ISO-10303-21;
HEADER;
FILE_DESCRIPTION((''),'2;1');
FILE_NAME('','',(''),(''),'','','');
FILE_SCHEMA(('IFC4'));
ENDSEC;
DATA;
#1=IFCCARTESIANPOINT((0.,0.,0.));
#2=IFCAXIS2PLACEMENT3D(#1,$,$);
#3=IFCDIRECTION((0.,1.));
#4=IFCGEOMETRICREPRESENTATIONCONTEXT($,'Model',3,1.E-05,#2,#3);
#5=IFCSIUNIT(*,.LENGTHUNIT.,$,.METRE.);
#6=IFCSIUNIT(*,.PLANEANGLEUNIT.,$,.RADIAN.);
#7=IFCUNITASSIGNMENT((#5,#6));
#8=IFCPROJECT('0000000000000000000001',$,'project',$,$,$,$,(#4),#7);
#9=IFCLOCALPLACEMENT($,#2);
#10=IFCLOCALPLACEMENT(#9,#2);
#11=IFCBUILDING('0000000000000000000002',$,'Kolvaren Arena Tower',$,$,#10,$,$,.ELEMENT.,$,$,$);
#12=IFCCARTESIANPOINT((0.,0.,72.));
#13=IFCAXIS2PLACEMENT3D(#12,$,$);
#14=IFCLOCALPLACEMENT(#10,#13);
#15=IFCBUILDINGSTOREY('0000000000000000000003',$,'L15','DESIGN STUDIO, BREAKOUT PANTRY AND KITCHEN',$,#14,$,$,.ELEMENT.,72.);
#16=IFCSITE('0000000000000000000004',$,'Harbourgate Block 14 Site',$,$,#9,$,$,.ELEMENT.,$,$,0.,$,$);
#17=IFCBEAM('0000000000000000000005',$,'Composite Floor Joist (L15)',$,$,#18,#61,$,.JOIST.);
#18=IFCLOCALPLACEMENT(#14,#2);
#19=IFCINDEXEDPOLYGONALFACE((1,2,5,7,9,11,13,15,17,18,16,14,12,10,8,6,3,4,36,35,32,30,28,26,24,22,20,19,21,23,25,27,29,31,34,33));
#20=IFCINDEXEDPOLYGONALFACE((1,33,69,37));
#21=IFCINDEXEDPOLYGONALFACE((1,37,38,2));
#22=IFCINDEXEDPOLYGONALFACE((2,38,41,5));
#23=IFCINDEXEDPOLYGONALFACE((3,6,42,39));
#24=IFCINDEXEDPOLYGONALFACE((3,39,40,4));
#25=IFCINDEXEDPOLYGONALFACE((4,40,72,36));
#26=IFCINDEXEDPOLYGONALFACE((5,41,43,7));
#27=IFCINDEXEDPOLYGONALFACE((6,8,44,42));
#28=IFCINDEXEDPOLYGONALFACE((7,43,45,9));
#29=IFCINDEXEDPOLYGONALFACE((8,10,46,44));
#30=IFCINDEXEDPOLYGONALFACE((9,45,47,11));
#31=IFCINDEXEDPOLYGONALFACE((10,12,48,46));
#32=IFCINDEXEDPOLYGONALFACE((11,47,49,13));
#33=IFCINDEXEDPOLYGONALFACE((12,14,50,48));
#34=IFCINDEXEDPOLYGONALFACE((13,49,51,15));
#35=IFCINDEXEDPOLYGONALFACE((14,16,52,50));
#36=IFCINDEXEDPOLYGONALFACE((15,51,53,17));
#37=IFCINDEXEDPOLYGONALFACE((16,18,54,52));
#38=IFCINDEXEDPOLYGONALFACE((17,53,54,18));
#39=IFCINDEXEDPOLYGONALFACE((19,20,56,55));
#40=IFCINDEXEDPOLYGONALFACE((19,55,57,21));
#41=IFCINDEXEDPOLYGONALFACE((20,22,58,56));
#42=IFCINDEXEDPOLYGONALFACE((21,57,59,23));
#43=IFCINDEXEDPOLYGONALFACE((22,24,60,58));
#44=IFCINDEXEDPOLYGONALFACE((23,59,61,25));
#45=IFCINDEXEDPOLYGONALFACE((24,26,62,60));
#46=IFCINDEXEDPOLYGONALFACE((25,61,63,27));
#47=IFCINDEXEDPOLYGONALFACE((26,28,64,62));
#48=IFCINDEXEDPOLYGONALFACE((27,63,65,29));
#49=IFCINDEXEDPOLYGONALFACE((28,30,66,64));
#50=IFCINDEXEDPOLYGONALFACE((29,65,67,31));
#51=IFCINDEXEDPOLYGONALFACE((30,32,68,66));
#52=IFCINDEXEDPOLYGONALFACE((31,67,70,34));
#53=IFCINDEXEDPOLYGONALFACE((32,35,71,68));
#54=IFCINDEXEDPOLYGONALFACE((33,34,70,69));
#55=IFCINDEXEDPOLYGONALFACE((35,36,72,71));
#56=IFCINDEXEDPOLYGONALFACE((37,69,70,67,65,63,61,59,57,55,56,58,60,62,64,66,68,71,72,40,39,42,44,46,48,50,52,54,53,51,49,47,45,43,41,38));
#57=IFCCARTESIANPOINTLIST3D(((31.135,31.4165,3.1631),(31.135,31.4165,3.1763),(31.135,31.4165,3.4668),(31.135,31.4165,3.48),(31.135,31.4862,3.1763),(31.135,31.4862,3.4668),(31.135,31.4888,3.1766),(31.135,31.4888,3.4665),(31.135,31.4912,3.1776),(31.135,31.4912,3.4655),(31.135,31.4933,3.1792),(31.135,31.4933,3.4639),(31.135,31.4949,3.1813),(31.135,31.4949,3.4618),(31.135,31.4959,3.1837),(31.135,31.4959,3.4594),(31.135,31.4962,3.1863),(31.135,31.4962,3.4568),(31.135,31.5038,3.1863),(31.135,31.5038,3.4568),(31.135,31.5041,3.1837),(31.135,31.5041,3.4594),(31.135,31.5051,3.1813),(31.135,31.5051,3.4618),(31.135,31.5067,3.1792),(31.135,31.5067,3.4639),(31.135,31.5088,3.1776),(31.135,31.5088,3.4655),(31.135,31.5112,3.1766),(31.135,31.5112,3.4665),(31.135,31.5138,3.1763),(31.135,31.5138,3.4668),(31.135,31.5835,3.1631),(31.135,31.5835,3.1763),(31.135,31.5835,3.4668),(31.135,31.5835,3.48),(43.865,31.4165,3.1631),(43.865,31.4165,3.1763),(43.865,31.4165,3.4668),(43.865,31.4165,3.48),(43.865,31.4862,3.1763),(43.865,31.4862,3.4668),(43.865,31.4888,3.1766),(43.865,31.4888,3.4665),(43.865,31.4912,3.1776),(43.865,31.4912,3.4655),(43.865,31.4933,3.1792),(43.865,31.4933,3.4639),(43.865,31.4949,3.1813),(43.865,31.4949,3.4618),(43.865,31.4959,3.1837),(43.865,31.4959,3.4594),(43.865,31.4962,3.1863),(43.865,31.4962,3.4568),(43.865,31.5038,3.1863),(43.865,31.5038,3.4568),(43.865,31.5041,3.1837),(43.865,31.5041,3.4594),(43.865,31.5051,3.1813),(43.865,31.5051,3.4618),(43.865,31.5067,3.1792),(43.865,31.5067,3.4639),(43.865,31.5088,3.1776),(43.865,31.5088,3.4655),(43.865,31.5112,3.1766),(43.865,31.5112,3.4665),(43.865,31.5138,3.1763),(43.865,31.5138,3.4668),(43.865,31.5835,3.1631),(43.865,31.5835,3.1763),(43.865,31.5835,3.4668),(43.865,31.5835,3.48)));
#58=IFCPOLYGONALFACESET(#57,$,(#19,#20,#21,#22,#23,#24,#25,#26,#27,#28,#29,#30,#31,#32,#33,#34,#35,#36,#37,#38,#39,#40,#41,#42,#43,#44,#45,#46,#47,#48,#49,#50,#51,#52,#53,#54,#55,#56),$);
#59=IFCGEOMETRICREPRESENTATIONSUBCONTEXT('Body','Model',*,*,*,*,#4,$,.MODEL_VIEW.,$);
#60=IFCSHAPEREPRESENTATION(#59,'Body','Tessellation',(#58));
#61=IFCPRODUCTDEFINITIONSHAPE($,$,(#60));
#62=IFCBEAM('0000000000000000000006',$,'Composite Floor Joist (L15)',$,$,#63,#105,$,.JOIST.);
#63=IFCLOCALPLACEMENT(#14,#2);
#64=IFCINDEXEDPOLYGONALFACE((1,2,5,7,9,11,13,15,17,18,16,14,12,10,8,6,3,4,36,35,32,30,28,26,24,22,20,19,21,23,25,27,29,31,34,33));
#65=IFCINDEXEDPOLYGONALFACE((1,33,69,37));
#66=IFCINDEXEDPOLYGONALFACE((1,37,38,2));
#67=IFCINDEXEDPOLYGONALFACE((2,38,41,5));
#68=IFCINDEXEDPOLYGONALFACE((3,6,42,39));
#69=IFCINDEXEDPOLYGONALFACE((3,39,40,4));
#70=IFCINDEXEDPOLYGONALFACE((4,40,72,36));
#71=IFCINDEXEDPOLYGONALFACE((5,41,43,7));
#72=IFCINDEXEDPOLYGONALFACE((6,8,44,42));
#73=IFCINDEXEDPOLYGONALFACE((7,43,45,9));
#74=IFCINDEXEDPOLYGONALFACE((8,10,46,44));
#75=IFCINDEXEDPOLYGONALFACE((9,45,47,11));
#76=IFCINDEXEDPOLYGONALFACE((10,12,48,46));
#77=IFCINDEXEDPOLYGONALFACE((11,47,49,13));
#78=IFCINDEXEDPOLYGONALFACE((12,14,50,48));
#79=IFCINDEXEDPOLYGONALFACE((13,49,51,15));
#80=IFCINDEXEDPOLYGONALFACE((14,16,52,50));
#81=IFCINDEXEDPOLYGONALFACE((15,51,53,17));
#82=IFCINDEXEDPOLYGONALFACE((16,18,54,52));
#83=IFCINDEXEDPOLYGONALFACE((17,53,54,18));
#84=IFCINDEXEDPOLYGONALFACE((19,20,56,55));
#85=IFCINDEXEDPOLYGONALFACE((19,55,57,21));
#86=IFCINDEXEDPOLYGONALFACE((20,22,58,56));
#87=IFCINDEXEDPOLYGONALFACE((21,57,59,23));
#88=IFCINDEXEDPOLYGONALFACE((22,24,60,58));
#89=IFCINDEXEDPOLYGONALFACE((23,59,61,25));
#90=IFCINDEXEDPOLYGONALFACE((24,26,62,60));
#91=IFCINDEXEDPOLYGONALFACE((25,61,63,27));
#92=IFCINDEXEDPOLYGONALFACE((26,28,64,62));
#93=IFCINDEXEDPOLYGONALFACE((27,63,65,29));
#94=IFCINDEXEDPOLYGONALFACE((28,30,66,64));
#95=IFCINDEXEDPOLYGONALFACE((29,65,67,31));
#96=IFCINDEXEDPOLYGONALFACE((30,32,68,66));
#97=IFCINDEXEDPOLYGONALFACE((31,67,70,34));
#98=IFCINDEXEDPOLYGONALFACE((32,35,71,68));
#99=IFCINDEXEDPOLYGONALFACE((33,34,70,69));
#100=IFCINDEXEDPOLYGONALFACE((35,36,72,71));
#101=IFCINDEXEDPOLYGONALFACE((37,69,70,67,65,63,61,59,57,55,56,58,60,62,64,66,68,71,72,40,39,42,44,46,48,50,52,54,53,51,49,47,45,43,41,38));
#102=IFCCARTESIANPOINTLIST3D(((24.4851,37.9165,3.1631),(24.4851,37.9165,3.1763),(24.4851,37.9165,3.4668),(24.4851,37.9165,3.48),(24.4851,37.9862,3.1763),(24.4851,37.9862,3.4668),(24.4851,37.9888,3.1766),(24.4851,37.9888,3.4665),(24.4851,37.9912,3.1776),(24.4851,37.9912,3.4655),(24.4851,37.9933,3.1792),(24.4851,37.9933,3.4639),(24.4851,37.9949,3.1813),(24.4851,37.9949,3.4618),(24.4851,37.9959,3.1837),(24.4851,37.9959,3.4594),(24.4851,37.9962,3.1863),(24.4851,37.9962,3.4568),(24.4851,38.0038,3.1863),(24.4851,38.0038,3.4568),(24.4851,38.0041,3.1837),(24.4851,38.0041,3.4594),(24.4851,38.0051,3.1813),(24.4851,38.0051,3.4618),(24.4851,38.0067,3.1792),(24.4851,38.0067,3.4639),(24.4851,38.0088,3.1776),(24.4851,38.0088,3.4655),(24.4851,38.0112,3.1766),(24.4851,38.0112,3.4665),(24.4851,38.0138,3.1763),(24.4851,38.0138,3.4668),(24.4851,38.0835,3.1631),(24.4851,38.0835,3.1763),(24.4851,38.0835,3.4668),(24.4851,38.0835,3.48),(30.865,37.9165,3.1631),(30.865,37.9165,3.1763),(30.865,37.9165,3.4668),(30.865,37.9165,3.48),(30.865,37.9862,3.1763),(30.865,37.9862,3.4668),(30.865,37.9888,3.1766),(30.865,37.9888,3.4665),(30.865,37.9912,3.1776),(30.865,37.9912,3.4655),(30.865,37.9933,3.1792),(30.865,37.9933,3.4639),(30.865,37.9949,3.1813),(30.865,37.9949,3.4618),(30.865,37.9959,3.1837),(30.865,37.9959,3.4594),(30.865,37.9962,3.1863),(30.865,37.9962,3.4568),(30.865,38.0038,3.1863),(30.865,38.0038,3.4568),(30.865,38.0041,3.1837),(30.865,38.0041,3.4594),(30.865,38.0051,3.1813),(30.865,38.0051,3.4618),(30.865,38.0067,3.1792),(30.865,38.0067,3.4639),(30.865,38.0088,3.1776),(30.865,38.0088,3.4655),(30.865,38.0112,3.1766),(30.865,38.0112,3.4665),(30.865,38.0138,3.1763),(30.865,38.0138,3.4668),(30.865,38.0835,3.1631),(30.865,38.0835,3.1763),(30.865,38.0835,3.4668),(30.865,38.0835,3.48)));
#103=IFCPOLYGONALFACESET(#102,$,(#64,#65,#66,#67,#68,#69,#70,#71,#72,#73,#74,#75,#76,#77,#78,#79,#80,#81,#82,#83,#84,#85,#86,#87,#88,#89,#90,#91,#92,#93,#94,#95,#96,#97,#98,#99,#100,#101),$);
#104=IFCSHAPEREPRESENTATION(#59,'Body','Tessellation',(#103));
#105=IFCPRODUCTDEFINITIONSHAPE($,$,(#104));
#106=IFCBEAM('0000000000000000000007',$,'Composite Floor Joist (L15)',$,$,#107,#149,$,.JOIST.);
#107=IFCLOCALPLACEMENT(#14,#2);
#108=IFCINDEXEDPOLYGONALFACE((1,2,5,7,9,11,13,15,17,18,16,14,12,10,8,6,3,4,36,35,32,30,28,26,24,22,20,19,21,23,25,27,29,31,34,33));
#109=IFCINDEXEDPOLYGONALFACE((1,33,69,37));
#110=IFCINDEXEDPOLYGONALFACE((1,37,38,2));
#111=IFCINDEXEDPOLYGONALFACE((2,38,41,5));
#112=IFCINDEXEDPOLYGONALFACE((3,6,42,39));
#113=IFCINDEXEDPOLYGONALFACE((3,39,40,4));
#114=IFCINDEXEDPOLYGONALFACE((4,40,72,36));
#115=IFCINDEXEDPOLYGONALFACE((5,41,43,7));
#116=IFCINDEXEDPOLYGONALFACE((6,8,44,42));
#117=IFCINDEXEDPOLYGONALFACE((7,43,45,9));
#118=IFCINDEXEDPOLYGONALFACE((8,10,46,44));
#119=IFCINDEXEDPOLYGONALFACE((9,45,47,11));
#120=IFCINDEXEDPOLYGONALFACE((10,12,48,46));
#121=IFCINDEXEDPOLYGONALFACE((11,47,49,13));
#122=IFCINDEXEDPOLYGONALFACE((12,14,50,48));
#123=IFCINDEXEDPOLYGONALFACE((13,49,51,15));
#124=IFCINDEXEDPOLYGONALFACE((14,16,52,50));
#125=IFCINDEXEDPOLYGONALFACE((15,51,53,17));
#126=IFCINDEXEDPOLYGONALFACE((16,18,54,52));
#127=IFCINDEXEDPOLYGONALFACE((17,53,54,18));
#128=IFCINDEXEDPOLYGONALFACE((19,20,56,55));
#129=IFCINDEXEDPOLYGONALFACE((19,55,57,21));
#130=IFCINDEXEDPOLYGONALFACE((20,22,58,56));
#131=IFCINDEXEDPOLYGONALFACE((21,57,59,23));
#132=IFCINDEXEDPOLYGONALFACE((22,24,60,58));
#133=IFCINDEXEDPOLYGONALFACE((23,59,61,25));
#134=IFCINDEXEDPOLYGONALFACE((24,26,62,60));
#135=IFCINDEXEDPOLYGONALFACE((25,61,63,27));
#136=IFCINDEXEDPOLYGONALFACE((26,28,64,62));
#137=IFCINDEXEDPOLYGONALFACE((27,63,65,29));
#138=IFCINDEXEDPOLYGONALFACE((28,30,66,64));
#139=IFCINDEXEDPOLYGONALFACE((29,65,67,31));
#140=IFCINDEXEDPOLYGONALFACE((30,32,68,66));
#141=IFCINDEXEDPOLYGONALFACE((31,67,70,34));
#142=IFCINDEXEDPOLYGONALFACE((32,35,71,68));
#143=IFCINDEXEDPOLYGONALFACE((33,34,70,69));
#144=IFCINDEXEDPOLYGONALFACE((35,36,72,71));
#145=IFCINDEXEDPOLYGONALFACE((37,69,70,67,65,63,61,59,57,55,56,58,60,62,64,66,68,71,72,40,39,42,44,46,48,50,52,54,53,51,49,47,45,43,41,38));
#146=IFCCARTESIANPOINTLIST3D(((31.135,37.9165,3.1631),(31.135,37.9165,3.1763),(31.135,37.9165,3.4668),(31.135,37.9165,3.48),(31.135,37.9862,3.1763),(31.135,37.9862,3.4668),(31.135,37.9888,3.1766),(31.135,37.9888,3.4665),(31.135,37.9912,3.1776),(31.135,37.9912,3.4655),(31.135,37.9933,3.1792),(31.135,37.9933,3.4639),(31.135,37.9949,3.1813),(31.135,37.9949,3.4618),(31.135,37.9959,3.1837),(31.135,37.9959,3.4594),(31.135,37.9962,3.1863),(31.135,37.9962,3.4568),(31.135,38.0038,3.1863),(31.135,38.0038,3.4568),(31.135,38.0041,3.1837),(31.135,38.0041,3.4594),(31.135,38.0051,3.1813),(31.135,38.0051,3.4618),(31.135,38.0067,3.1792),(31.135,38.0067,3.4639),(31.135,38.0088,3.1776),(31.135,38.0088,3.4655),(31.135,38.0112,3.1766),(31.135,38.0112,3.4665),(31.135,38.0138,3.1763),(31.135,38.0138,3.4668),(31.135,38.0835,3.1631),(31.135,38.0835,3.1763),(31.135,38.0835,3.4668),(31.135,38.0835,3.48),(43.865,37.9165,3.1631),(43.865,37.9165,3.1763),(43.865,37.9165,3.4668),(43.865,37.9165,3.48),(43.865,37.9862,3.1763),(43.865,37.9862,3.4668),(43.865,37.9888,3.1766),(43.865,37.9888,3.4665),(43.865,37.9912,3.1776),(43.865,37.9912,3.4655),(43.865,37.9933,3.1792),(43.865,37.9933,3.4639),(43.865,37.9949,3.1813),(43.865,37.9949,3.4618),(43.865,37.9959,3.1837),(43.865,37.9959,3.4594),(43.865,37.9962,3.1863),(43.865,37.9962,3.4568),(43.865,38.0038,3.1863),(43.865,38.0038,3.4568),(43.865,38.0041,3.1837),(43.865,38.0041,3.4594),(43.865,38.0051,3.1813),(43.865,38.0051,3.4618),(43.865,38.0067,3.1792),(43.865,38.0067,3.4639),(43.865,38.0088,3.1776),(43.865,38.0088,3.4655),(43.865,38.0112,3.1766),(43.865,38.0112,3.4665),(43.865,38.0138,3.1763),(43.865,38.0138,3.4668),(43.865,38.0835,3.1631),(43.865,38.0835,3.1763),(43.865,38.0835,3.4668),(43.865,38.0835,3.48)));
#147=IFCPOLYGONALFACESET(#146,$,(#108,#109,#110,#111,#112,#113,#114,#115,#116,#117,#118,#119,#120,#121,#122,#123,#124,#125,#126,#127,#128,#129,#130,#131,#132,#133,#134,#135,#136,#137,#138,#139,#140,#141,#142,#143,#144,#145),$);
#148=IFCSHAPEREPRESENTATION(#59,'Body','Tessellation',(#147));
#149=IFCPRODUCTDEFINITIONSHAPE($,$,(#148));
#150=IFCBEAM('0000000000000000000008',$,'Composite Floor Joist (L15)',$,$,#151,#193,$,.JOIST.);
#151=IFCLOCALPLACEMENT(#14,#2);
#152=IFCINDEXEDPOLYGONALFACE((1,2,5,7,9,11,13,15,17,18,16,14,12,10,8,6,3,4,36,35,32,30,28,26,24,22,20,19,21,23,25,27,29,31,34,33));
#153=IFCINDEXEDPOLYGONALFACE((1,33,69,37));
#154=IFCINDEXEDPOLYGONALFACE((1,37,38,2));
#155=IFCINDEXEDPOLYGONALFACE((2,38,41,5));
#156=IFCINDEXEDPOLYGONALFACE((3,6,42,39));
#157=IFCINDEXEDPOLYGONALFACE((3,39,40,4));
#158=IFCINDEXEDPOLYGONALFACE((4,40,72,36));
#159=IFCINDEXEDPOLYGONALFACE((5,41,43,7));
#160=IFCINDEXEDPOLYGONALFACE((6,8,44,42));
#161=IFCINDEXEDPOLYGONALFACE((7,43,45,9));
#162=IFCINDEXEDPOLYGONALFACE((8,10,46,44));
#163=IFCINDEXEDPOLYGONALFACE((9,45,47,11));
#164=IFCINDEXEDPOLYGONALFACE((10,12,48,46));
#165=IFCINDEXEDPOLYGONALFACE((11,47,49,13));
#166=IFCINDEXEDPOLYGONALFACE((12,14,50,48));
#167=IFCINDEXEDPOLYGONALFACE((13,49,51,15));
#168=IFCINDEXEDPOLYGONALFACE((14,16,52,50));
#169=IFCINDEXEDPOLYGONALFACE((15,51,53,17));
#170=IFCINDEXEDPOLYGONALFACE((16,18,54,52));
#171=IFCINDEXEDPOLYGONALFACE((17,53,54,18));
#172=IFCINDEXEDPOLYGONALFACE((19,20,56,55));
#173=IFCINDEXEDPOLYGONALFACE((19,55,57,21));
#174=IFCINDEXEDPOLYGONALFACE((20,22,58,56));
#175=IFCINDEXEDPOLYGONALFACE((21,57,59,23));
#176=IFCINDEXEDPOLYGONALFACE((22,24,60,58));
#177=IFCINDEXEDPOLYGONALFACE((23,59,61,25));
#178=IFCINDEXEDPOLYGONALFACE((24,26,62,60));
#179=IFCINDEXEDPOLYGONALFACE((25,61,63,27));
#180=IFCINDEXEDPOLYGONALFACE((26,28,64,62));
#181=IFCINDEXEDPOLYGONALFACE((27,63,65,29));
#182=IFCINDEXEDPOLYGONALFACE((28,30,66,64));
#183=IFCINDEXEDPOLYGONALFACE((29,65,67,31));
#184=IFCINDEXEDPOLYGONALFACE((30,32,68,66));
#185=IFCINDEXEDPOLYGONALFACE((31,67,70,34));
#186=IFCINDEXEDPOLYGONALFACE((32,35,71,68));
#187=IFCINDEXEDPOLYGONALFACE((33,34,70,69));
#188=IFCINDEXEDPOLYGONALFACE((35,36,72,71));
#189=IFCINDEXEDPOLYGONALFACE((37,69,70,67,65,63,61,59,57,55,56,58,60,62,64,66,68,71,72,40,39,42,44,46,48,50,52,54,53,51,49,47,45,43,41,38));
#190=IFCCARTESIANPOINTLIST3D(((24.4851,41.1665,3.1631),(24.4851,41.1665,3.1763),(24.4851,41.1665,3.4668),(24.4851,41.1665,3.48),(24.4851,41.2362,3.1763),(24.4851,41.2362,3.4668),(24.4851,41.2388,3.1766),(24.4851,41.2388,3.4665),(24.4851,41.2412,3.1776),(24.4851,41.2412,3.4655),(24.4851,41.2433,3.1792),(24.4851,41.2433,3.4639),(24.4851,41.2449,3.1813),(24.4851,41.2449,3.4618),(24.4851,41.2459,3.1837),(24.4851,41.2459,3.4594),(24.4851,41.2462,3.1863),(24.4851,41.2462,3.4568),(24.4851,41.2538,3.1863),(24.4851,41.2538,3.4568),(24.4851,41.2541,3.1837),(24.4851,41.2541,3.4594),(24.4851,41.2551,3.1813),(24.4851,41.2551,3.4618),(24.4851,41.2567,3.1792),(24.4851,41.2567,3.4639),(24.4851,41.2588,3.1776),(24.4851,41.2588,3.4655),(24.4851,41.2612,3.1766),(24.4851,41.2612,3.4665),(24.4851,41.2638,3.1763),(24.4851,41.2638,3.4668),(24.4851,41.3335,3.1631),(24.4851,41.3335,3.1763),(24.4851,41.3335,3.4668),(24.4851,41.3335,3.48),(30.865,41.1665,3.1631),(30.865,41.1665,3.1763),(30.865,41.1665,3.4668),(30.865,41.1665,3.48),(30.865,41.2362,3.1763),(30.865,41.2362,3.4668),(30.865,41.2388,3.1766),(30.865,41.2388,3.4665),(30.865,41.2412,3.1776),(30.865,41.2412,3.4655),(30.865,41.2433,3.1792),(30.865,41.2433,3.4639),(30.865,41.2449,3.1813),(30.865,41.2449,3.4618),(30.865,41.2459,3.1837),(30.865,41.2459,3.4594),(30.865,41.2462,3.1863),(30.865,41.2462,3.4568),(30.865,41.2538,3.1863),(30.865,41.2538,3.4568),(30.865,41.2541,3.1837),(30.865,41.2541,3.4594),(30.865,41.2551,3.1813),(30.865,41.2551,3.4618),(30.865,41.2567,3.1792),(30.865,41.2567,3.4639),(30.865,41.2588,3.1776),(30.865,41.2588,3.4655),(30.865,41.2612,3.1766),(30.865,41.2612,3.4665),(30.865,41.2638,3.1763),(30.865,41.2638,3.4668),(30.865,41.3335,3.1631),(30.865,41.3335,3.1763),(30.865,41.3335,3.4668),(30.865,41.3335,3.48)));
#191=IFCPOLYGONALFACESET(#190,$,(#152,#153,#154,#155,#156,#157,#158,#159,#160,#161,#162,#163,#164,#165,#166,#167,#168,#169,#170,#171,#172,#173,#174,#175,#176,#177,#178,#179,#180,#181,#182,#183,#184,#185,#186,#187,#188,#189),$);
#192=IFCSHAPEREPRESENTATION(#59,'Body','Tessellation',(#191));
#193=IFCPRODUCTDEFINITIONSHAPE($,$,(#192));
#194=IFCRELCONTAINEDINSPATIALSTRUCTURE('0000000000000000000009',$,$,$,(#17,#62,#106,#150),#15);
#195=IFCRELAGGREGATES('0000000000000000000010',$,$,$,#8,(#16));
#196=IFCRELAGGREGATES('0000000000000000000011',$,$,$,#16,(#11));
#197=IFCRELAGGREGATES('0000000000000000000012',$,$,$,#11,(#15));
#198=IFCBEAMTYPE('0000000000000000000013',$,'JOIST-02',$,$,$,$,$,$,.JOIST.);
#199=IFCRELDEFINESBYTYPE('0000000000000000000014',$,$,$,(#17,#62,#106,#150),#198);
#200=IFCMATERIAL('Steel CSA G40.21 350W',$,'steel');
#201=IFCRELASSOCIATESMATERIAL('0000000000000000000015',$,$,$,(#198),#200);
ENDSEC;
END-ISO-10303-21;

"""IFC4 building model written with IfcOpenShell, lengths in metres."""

from ifc_helpers import new_model, si_unit, direction, frame, origin, origin_2d, place, context, subcontext, project, spatial, i_section, extrude, material, material_profile, profile_set, type_object, element, save


model = new_model("IFC4")

# Units and contexts
model_context = context("Model", 3, precision=1e-05, world=origin(), true_north=direction((0.0, 1.0)))
body_context = subcontext(model_context, "Body", "Model", "MODEL_VIEW")
ifc_project = project(units=[si_unit("LENGTHUNIT", "METRE"), si_unit("PLANEANGLEUNIT", "RADIAN")], contexts=[model_context])

# Site, building, storey
site_placement = place(None, origin())
site = spatial("IfcSite", under=ifc_project, at=site_placement, Name="Harbourgate Block 14 Site", CompositionType="ELEMENT", RefElevation=0.0)
building_placement = place(site_placement, origin())
building = spatial("IfcBuilding", under=site, at=building_placement, Name="Kolvaren Arena Tower", CompositionType="ELEMENT")
storey_placement = place(building_placement, frame((0.0, 0.0, 72.0)))
storey = spatial("IfcBuildingStorey", under=building, at=storey_placement, Name="L15", Description="DESIGN STUDIO, BREAKOUT PANTRY AND KITCHEN", CompositionType="ELEMENT", Elevation=72.0)

# Beams
ifc_material_1 = material(Name="Steel CSA G40.21 350W", Category="steel")
ifc_material_profile_1 = material_profile(ifc_material_1, i_section(OverallWidth=0.167, OverallDepth=0.3169, WebThickness=0.0076, FlangeThickness=0.0132, FilletRadius=0.01, at=origin_2d()), Name="W310x52")
ifc_profile_set_1 = profile_set([ifc_material_profile_1], Name="Steel CSA G40.21 350W")
beam_type_1 = type_object("IfcBeamType", Name="JOIST-02", PredefinedType="JOIST", material=ifc_profile_set_1)
beam_1_placement = place(storey_placement, frame((31.135, 31.5, 3.3215), z_axis=(1.0, 0.0, 0.0), x_axis=(0.0, 1.0, 0.0)))
element("IfcBeam", 1, at=beam_1_placement, inside=storey, type_object=beam_type_1, Name="Composite Floor Joist (L15)", PredefinedType="JOIST", context=body_context, shape_type="SweptSolid", body=[
    extrude(i_section(OverallWidth=0.167, OverallDepth=0.3169, WebThickness=0.0076, FlangeThickness=0.0132, FilletRadius=0.01, at=origin_2d()), origin(), (0.0, 0.0, 1.0), 12.73),
])
beam_2_placement = place(storey_placement, frame((24.4851, 38.0, 3.3215), z_axis=(1.0, 0.0, 0.0), x_axis=(0.0, 1.0, 0.0)))
element("IfcBeam", 2, at=beam_2_placement, inside=storey, type_object=beam_type_1, Name="Composite Floor Joist (L15)", PredefinedType="JOIST", context=body_context, shape_type="SweptSolid", body=[
    extrude(i_section(OverallWidth=0.167, OverallDepth=0.3169, WebThickness=0.0076, FlangeThickness=0.0132, FilletRadius=0.01, at=origin_2d()), origin(), (0.0, 0.0, 1.0), 6.3799),
])
beam_3_placement = place(storey_placement, frame((31.135, 38.0, 3.3215), z_axis=(1.0, 0.0, 0.0), x_axis=(0.0, 1.0, 0.0)))
element("IfcBeam", 3, at=beam_3_placement, inside=storey, type_object=beam_type_1, Name="Composite Floor Joist (L15)", PredefinedType="JOIST", context=body_context, shape_type="SweptSolid", body=[
    extrude(i_section(OverallWidth=0.167, OverallDepth=0.3169, WebThickness=0.0076, FlangeThickness=0.0132, FilletRadius=0.01, at=origin_2d()), origin(), (0.0, 0.0, 1.0), 12.73),
])
beam_4_placement = place(storey_placement, frame((24.4851, 41.25, 3.3215), z_axis=(1.0, 0.0, 0.0), x_axis=(0.0, 1.0, 0.0)))
element("IfcBeam", 4, at=beam_4_placement, inside=storey, type_object=beam_type_1, Name="Composite Floor Joist (L15)", PredefinedType="JOIST", context=body_context, shape_type="SweptSolid", body=[
    extrude(i_section(OverallWidth=0.167, OverallDepth=0.3169, WebThickness=0.0076, FlangeThickness=0.0132, FilletRadius=0.01, at=origin_2d()), origin(), (0.0, 0.0, 1.0), 6.3799),
])

save(model, "model.ifc")
